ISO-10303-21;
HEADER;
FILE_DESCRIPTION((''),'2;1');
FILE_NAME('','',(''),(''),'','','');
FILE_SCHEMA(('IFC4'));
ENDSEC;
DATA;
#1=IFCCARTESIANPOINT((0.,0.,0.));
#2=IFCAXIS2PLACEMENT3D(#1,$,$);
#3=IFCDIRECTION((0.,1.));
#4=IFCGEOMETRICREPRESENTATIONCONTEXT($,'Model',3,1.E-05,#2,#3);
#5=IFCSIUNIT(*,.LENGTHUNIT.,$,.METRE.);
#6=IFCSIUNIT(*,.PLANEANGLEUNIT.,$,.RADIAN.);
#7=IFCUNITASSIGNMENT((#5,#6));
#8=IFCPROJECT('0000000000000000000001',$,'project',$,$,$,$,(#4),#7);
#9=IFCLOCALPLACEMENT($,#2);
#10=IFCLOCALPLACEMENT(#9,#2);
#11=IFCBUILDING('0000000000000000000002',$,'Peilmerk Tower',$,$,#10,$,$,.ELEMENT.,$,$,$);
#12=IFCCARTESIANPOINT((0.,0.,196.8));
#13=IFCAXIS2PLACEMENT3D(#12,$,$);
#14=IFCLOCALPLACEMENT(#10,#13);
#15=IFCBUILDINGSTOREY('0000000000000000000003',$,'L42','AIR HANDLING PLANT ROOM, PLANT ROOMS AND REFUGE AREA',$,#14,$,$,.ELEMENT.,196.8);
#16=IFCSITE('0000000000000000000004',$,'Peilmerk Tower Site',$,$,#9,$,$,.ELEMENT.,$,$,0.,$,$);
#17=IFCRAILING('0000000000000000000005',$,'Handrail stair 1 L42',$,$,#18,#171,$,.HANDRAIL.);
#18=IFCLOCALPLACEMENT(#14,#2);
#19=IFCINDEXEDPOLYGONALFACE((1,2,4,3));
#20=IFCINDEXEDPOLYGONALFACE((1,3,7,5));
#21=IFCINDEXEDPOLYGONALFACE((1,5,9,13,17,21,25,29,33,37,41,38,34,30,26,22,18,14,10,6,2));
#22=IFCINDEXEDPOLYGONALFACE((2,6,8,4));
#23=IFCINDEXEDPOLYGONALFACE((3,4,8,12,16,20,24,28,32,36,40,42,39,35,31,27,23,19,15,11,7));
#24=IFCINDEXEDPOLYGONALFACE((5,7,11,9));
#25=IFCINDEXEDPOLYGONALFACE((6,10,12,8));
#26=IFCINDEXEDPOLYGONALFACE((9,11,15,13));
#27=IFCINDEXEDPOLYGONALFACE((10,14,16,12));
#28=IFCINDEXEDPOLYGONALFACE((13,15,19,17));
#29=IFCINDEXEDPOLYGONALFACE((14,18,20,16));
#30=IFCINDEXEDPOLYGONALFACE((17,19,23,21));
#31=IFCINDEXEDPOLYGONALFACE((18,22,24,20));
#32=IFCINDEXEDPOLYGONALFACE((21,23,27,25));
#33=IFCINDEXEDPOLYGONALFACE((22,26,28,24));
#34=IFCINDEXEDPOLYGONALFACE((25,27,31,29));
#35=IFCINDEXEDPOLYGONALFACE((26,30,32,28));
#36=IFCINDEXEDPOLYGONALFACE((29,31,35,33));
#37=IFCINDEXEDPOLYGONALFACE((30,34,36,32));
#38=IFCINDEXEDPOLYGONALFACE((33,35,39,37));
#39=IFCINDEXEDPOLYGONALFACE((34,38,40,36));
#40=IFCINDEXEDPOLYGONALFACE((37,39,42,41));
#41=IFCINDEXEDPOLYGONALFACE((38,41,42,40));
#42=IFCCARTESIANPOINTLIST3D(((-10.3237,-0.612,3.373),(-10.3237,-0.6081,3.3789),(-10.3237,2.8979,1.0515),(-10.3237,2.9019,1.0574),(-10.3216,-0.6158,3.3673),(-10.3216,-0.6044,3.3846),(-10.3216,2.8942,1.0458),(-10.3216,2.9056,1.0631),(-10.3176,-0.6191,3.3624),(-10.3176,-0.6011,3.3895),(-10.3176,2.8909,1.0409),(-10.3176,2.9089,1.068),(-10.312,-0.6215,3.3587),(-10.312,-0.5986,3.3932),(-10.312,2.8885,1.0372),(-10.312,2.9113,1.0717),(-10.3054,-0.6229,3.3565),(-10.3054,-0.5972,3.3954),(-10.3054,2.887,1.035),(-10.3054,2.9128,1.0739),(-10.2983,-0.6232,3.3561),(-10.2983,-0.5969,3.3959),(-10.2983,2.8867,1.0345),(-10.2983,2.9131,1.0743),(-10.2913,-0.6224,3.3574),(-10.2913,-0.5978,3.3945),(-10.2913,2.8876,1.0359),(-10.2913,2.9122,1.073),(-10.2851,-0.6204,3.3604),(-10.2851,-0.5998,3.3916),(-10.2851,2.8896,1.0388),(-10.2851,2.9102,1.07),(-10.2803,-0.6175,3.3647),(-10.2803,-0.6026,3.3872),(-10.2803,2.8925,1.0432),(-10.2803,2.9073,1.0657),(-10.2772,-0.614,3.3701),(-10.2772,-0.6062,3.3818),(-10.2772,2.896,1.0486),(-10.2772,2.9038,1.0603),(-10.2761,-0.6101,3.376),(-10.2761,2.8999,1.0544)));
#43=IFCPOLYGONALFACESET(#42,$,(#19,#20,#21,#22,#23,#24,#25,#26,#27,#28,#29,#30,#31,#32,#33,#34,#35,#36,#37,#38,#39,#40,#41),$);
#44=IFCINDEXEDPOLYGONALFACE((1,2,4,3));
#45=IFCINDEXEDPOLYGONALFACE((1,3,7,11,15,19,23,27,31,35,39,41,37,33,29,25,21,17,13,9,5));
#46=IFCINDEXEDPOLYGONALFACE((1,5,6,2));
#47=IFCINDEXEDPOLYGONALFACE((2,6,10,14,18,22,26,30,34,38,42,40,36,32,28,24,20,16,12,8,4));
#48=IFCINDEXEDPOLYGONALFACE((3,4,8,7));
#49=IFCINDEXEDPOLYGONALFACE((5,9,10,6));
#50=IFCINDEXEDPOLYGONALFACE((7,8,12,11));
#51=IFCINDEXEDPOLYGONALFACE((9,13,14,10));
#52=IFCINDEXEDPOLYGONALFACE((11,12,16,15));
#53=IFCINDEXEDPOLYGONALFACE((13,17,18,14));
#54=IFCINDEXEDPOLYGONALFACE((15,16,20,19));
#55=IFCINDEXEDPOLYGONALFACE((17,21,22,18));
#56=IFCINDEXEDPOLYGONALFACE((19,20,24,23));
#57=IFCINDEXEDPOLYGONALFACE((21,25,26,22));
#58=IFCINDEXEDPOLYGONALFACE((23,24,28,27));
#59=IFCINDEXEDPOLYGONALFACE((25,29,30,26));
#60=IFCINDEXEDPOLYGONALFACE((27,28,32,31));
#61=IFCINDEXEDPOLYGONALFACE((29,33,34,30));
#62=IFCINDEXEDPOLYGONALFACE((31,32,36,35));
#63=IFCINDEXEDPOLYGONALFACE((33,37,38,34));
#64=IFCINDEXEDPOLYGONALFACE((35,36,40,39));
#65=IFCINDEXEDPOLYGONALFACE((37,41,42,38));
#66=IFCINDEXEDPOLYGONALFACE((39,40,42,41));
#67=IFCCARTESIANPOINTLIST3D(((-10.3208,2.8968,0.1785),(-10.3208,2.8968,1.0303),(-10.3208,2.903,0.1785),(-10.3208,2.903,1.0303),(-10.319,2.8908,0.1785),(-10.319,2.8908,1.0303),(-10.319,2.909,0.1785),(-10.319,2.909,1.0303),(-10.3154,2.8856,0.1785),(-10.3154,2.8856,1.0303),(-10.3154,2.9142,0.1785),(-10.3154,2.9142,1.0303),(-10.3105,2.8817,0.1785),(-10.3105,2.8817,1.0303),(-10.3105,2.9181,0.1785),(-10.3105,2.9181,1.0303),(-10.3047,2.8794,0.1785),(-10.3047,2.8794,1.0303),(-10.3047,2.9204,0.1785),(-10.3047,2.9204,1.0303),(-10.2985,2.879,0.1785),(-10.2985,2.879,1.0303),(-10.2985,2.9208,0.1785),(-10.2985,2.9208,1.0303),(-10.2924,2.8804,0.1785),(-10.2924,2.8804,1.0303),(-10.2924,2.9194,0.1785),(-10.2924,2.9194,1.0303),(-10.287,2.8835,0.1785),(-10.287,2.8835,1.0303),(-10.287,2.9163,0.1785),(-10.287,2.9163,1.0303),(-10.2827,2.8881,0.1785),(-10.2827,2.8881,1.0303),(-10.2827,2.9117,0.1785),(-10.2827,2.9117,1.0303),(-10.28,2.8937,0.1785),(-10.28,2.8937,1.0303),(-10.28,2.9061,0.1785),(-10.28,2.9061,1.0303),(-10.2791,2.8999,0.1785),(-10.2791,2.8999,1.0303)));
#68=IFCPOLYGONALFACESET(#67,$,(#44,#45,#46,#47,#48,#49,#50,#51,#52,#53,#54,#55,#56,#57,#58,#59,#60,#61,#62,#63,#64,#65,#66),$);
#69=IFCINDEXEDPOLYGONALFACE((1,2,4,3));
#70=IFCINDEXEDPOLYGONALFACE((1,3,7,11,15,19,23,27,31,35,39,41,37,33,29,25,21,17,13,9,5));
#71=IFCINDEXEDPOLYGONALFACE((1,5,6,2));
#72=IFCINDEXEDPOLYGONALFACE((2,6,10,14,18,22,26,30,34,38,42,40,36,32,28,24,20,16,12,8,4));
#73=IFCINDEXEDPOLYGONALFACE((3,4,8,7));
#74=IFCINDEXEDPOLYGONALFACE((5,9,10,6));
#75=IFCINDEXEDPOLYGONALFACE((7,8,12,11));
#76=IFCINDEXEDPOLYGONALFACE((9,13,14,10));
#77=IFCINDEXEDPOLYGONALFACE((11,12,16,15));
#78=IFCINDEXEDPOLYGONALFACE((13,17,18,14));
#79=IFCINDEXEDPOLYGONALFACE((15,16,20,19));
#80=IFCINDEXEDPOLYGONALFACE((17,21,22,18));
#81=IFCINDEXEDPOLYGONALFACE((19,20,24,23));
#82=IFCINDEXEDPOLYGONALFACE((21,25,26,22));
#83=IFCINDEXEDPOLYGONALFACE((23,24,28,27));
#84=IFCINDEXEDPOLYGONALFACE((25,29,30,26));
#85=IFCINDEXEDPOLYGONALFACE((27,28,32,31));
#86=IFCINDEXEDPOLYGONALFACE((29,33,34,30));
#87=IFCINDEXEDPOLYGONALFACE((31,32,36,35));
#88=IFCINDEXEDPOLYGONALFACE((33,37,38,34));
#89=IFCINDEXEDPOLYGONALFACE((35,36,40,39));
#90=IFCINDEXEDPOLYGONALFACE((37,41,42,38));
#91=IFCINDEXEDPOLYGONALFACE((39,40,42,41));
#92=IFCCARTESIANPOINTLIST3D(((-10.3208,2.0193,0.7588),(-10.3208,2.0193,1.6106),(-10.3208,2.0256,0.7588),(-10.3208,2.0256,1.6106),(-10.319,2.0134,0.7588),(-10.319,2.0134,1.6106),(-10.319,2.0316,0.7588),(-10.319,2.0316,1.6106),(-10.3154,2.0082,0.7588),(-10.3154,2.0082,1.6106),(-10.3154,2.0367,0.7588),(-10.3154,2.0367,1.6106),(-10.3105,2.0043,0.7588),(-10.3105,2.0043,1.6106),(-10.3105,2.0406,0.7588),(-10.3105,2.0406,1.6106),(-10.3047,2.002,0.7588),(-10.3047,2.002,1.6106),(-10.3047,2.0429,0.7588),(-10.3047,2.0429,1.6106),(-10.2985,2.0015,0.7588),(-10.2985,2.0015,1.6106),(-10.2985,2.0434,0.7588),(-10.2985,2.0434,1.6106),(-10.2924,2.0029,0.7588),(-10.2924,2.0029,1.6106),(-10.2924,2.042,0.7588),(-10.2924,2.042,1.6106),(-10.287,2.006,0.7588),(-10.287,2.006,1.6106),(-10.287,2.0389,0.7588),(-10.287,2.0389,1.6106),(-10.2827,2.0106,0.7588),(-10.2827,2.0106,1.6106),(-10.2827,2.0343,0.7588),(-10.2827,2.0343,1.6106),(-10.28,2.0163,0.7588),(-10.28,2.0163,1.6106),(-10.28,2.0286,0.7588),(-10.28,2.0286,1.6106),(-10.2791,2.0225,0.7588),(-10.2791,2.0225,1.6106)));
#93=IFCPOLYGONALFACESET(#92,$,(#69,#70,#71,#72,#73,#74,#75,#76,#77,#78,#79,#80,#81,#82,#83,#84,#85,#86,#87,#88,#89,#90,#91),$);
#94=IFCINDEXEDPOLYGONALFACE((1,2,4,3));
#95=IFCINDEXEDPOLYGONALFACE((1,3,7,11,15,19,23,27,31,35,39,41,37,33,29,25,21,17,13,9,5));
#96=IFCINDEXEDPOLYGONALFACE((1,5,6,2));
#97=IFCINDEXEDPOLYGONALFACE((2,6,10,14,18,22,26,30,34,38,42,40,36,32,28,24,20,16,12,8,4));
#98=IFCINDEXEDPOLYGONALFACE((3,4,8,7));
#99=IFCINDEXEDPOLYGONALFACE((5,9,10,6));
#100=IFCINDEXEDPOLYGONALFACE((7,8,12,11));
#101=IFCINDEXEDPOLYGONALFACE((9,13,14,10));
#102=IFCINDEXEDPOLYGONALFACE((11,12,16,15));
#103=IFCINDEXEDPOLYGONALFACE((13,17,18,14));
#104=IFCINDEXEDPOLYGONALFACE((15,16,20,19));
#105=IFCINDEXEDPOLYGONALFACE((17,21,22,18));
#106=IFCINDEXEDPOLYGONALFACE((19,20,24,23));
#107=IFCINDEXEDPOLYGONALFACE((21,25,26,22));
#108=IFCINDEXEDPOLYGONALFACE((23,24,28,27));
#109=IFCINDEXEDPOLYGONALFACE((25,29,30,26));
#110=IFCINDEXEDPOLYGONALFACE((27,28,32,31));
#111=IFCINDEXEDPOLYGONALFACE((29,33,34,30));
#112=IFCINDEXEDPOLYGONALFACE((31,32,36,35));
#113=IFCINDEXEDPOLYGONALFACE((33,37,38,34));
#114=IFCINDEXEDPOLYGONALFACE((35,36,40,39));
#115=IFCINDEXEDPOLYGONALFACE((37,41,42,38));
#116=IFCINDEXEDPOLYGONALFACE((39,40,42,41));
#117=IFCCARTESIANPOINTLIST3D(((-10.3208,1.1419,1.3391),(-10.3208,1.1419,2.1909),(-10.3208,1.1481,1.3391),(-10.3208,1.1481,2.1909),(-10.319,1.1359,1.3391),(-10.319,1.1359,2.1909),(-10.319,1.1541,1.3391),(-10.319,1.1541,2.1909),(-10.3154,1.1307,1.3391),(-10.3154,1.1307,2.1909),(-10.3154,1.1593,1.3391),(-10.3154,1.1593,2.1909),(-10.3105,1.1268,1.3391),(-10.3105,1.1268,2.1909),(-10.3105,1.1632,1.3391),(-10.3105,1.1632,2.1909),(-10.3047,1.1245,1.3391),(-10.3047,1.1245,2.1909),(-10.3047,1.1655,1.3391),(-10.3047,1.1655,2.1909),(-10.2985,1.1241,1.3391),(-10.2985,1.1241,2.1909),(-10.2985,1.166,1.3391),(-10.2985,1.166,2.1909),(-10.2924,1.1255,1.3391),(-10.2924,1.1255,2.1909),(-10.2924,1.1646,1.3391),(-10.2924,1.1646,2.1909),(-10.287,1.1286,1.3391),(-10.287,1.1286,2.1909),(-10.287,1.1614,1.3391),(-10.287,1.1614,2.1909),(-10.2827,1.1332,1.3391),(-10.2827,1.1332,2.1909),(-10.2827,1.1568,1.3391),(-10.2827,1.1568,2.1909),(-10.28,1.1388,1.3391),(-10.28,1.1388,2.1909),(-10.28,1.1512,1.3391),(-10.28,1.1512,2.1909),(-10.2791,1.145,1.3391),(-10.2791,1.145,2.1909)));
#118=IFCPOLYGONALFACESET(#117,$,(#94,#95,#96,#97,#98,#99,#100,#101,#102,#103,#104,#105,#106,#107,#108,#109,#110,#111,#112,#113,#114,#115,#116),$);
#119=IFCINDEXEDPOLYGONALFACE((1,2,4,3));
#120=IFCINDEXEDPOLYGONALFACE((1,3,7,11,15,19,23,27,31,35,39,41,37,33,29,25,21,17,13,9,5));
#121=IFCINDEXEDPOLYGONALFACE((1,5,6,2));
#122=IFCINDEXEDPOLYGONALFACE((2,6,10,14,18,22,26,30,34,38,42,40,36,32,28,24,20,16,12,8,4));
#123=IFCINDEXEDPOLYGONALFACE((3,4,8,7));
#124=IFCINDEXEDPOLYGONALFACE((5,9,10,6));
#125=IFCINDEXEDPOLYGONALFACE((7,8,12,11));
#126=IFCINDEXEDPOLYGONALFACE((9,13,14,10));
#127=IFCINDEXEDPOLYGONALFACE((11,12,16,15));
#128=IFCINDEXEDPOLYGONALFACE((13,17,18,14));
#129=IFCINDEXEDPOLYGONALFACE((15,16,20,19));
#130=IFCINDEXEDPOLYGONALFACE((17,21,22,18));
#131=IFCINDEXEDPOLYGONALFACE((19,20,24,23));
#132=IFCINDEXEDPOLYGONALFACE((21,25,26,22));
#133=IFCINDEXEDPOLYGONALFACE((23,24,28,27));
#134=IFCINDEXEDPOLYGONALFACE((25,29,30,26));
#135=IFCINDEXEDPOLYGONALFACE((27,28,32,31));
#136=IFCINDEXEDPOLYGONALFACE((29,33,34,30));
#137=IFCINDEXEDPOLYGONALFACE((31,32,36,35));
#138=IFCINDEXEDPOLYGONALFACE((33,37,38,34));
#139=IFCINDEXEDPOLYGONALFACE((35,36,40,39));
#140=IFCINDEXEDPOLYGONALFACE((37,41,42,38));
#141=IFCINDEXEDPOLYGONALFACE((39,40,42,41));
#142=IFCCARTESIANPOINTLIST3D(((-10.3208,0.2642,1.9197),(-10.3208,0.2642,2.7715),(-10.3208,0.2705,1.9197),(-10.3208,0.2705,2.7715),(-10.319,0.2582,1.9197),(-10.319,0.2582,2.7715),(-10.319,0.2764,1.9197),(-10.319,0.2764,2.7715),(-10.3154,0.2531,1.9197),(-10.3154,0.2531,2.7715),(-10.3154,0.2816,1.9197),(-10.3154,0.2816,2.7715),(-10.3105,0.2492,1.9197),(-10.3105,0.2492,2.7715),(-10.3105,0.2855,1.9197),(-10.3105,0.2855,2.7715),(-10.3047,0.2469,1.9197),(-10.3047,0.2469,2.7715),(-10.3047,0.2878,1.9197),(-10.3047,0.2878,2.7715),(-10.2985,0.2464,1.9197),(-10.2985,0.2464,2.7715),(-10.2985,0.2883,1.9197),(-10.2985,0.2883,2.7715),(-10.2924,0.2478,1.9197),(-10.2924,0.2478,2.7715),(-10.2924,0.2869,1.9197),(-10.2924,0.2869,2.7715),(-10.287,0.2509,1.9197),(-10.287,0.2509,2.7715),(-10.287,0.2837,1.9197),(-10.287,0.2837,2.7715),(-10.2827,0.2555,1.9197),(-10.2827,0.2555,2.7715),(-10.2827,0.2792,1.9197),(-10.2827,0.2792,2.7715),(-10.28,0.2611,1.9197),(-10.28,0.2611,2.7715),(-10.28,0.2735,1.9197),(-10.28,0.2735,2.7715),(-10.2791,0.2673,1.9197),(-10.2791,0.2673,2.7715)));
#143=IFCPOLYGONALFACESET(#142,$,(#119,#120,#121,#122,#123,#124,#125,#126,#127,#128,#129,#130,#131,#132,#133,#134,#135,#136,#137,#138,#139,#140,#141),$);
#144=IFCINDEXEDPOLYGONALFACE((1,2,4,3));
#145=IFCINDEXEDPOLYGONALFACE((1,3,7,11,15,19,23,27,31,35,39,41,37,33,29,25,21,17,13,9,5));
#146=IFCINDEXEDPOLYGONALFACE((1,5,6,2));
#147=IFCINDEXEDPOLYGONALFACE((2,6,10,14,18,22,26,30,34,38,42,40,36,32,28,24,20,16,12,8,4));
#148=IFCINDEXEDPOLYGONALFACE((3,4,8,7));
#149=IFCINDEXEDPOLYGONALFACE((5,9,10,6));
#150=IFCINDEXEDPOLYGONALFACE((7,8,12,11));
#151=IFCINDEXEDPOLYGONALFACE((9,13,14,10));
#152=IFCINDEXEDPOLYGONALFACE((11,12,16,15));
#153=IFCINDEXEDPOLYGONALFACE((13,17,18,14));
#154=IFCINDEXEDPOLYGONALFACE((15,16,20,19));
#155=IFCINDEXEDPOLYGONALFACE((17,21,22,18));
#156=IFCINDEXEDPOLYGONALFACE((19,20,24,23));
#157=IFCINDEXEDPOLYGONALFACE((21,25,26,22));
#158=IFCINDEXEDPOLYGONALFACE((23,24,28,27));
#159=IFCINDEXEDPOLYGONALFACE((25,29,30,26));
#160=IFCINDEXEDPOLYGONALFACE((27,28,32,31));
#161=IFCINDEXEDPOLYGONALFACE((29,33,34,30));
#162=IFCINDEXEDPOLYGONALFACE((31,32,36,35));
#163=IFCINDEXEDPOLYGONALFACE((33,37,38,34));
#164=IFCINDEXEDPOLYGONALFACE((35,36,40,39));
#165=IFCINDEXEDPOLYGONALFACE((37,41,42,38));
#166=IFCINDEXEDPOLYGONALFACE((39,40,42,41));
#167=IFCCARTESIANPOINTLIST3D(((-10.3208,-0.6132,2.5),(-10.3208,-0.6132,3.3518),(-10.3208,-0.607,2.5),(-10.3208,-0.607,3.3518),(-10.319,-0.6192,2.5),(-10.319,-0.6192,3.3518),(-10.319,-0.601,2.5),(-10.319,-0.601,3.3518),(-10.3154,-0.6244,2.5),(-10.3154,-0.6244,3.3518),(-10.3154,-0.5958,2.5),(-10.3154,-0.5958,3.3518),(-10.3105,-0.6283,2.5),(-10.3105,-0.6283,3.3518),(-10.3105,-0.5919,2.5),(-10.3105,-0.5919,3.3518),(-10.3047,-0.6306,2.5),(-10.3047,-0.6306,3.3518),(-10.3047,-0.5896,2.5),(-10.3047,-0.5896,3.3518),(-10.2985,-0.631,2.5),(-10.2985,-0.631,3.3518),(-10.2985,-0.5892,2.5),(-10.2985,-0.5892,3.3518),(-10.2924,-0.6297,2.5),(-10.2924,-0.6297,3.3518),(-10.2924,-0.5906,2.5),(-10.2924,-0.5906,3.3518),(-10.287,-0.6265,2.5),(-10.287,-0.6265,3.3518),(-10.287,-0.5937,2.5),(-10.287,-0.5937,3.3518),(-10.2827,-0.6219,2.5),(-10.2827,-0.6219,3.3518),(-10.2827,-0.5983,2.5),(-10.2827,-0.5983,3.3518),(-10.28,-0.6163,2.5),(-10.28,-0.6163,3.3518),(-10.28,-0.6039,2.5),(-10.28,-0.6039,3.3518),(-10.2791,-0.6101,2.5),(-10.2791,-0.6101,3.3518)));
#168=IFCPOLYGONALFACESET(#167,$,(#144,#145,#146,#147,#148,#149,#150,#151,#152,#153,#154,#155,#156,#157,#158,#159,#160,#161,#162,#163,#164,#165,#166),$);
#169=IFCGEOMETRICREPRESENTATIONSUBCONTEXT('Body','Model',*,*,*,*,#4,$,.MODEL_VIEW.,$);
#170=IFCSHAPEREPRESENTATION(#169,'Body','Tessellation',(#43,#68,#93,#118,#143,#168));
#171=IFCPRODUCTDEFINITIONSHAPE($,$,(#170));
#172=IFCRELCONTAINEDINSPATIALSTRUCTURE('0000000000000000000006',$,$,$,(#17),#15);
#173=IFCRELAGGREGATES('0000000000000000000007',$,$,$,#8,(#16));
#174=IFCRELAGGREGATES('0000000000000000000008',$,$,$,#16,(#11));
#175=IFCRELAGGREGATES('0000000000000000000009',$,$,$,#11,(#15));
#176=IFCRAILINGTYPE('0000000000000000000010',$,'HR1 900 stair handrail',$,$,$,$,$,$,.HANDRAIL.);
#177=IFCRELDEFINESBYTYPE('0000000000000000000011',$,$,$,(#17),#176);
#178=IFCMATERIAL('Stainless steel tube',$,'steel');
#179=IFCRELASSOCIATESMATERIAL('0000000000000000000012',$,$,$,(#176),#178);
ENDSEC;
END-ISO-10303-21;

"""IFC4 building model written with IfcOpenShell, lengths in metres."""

from ifc_helpers import new_model, si_unit, direction, frame, origin, origin_2d, place, context, subcontext, project, spatial, circle, extrude, material, type_object, element, save


model = new_model("IFC4")

# Units and contexts
model_context = context("Model", 3, precision=1e-05, world=origin(), true_north=direction((0.0, 1.0)))
body_context = subcontext(model_context, "Body", "Model", "MODEL_VIEW")
ifc_project = project(units=[si_unit("LENGTHUNIT", "METRE"), si_unit("PLANEANGLEUNIT", "RADIAN")], contexts=[model_context])

# Site, building, storey
site_placement = place(None, origin())
site = spatial("IfcSite", under=ifc_project, at=site_placement, Name="Peilmerk Tower Site", CompositionType="ELEMENT", RefElevation=0.0)
building_placement = place(site_placement, origin())
building = spatial("IfcBuilding", under=site, at=building_placement, Name="Peilmerk Tower", CompositionType="ELEMENT")
storey_placement = place(building_placement, frame((0.0, 0.0, 196.8)))
storey = spatial("IfcBuildingStorey", under=building, at=storey_placement, Name="L42", Description="AIR HANDLING PLANT ROOM, PLANT ROOMS AND REFUGE AREA", CompositionType="ELEMENT", Elevation=196.8)

# Railing
ifc_material_1 = material(Name="Stainless steel tube", Category="steel")
railing_type_1 = type_object("IfcRailingType", Name="HR1 900 stair handrail", PredefinedType="HANDRAIL", material=ifc_material_1)
railing_1_placement = place(storey_placement, frame((-10.3, 2.8999, 0.1785)))
element("IfcRailing", 1, at=railing_1_placement, inside=storey, type_object=railing_type_1, Name="Handrail stair 1 L42", PredefinedType="HANDRAIL", context=body_context, shape_type="SweptSolid", body=[
    extrude(circle(Radius=0.0239, at=origin_2d()), frame((0.0, 0.0, 0.876), z_axis=(0.0, -0.834071, 0.551657), x_axis=(1.0, 0.0, 0.0)), (0.0, 0.0, 1.0), 4.2083),
    extrude(circle(Radius=0.021, at=origin_2d()), origin(), (0.0, 0.0, 1.0), 0.8518),
    extrude(circle(Radius=0.021, at=origin_2d()), frame((0.0, -0.8774, 0.5803)), (0.0, 0.0, 1.0), 0.8518),
    extrude(circle(Radius=0.021, at=origin_2d()), frame((0.0, -1.7549, 1.1606)), (0.0, 0.0, 1.0), 0.8518),
    extrude(circle(Radius=0.021, at=origin_2d()), frame((0.0, -2.6326, 1.7412)), (0.0, 0.0, 1.0), 0.8518),
    extrude(circle(Radius=0.021, at=origin_2d()), frame((0.0, -3.51, 2.3215)), (0.0, 0.0, 1.0), 0.8518),
])

save(model, "model.ifc")
